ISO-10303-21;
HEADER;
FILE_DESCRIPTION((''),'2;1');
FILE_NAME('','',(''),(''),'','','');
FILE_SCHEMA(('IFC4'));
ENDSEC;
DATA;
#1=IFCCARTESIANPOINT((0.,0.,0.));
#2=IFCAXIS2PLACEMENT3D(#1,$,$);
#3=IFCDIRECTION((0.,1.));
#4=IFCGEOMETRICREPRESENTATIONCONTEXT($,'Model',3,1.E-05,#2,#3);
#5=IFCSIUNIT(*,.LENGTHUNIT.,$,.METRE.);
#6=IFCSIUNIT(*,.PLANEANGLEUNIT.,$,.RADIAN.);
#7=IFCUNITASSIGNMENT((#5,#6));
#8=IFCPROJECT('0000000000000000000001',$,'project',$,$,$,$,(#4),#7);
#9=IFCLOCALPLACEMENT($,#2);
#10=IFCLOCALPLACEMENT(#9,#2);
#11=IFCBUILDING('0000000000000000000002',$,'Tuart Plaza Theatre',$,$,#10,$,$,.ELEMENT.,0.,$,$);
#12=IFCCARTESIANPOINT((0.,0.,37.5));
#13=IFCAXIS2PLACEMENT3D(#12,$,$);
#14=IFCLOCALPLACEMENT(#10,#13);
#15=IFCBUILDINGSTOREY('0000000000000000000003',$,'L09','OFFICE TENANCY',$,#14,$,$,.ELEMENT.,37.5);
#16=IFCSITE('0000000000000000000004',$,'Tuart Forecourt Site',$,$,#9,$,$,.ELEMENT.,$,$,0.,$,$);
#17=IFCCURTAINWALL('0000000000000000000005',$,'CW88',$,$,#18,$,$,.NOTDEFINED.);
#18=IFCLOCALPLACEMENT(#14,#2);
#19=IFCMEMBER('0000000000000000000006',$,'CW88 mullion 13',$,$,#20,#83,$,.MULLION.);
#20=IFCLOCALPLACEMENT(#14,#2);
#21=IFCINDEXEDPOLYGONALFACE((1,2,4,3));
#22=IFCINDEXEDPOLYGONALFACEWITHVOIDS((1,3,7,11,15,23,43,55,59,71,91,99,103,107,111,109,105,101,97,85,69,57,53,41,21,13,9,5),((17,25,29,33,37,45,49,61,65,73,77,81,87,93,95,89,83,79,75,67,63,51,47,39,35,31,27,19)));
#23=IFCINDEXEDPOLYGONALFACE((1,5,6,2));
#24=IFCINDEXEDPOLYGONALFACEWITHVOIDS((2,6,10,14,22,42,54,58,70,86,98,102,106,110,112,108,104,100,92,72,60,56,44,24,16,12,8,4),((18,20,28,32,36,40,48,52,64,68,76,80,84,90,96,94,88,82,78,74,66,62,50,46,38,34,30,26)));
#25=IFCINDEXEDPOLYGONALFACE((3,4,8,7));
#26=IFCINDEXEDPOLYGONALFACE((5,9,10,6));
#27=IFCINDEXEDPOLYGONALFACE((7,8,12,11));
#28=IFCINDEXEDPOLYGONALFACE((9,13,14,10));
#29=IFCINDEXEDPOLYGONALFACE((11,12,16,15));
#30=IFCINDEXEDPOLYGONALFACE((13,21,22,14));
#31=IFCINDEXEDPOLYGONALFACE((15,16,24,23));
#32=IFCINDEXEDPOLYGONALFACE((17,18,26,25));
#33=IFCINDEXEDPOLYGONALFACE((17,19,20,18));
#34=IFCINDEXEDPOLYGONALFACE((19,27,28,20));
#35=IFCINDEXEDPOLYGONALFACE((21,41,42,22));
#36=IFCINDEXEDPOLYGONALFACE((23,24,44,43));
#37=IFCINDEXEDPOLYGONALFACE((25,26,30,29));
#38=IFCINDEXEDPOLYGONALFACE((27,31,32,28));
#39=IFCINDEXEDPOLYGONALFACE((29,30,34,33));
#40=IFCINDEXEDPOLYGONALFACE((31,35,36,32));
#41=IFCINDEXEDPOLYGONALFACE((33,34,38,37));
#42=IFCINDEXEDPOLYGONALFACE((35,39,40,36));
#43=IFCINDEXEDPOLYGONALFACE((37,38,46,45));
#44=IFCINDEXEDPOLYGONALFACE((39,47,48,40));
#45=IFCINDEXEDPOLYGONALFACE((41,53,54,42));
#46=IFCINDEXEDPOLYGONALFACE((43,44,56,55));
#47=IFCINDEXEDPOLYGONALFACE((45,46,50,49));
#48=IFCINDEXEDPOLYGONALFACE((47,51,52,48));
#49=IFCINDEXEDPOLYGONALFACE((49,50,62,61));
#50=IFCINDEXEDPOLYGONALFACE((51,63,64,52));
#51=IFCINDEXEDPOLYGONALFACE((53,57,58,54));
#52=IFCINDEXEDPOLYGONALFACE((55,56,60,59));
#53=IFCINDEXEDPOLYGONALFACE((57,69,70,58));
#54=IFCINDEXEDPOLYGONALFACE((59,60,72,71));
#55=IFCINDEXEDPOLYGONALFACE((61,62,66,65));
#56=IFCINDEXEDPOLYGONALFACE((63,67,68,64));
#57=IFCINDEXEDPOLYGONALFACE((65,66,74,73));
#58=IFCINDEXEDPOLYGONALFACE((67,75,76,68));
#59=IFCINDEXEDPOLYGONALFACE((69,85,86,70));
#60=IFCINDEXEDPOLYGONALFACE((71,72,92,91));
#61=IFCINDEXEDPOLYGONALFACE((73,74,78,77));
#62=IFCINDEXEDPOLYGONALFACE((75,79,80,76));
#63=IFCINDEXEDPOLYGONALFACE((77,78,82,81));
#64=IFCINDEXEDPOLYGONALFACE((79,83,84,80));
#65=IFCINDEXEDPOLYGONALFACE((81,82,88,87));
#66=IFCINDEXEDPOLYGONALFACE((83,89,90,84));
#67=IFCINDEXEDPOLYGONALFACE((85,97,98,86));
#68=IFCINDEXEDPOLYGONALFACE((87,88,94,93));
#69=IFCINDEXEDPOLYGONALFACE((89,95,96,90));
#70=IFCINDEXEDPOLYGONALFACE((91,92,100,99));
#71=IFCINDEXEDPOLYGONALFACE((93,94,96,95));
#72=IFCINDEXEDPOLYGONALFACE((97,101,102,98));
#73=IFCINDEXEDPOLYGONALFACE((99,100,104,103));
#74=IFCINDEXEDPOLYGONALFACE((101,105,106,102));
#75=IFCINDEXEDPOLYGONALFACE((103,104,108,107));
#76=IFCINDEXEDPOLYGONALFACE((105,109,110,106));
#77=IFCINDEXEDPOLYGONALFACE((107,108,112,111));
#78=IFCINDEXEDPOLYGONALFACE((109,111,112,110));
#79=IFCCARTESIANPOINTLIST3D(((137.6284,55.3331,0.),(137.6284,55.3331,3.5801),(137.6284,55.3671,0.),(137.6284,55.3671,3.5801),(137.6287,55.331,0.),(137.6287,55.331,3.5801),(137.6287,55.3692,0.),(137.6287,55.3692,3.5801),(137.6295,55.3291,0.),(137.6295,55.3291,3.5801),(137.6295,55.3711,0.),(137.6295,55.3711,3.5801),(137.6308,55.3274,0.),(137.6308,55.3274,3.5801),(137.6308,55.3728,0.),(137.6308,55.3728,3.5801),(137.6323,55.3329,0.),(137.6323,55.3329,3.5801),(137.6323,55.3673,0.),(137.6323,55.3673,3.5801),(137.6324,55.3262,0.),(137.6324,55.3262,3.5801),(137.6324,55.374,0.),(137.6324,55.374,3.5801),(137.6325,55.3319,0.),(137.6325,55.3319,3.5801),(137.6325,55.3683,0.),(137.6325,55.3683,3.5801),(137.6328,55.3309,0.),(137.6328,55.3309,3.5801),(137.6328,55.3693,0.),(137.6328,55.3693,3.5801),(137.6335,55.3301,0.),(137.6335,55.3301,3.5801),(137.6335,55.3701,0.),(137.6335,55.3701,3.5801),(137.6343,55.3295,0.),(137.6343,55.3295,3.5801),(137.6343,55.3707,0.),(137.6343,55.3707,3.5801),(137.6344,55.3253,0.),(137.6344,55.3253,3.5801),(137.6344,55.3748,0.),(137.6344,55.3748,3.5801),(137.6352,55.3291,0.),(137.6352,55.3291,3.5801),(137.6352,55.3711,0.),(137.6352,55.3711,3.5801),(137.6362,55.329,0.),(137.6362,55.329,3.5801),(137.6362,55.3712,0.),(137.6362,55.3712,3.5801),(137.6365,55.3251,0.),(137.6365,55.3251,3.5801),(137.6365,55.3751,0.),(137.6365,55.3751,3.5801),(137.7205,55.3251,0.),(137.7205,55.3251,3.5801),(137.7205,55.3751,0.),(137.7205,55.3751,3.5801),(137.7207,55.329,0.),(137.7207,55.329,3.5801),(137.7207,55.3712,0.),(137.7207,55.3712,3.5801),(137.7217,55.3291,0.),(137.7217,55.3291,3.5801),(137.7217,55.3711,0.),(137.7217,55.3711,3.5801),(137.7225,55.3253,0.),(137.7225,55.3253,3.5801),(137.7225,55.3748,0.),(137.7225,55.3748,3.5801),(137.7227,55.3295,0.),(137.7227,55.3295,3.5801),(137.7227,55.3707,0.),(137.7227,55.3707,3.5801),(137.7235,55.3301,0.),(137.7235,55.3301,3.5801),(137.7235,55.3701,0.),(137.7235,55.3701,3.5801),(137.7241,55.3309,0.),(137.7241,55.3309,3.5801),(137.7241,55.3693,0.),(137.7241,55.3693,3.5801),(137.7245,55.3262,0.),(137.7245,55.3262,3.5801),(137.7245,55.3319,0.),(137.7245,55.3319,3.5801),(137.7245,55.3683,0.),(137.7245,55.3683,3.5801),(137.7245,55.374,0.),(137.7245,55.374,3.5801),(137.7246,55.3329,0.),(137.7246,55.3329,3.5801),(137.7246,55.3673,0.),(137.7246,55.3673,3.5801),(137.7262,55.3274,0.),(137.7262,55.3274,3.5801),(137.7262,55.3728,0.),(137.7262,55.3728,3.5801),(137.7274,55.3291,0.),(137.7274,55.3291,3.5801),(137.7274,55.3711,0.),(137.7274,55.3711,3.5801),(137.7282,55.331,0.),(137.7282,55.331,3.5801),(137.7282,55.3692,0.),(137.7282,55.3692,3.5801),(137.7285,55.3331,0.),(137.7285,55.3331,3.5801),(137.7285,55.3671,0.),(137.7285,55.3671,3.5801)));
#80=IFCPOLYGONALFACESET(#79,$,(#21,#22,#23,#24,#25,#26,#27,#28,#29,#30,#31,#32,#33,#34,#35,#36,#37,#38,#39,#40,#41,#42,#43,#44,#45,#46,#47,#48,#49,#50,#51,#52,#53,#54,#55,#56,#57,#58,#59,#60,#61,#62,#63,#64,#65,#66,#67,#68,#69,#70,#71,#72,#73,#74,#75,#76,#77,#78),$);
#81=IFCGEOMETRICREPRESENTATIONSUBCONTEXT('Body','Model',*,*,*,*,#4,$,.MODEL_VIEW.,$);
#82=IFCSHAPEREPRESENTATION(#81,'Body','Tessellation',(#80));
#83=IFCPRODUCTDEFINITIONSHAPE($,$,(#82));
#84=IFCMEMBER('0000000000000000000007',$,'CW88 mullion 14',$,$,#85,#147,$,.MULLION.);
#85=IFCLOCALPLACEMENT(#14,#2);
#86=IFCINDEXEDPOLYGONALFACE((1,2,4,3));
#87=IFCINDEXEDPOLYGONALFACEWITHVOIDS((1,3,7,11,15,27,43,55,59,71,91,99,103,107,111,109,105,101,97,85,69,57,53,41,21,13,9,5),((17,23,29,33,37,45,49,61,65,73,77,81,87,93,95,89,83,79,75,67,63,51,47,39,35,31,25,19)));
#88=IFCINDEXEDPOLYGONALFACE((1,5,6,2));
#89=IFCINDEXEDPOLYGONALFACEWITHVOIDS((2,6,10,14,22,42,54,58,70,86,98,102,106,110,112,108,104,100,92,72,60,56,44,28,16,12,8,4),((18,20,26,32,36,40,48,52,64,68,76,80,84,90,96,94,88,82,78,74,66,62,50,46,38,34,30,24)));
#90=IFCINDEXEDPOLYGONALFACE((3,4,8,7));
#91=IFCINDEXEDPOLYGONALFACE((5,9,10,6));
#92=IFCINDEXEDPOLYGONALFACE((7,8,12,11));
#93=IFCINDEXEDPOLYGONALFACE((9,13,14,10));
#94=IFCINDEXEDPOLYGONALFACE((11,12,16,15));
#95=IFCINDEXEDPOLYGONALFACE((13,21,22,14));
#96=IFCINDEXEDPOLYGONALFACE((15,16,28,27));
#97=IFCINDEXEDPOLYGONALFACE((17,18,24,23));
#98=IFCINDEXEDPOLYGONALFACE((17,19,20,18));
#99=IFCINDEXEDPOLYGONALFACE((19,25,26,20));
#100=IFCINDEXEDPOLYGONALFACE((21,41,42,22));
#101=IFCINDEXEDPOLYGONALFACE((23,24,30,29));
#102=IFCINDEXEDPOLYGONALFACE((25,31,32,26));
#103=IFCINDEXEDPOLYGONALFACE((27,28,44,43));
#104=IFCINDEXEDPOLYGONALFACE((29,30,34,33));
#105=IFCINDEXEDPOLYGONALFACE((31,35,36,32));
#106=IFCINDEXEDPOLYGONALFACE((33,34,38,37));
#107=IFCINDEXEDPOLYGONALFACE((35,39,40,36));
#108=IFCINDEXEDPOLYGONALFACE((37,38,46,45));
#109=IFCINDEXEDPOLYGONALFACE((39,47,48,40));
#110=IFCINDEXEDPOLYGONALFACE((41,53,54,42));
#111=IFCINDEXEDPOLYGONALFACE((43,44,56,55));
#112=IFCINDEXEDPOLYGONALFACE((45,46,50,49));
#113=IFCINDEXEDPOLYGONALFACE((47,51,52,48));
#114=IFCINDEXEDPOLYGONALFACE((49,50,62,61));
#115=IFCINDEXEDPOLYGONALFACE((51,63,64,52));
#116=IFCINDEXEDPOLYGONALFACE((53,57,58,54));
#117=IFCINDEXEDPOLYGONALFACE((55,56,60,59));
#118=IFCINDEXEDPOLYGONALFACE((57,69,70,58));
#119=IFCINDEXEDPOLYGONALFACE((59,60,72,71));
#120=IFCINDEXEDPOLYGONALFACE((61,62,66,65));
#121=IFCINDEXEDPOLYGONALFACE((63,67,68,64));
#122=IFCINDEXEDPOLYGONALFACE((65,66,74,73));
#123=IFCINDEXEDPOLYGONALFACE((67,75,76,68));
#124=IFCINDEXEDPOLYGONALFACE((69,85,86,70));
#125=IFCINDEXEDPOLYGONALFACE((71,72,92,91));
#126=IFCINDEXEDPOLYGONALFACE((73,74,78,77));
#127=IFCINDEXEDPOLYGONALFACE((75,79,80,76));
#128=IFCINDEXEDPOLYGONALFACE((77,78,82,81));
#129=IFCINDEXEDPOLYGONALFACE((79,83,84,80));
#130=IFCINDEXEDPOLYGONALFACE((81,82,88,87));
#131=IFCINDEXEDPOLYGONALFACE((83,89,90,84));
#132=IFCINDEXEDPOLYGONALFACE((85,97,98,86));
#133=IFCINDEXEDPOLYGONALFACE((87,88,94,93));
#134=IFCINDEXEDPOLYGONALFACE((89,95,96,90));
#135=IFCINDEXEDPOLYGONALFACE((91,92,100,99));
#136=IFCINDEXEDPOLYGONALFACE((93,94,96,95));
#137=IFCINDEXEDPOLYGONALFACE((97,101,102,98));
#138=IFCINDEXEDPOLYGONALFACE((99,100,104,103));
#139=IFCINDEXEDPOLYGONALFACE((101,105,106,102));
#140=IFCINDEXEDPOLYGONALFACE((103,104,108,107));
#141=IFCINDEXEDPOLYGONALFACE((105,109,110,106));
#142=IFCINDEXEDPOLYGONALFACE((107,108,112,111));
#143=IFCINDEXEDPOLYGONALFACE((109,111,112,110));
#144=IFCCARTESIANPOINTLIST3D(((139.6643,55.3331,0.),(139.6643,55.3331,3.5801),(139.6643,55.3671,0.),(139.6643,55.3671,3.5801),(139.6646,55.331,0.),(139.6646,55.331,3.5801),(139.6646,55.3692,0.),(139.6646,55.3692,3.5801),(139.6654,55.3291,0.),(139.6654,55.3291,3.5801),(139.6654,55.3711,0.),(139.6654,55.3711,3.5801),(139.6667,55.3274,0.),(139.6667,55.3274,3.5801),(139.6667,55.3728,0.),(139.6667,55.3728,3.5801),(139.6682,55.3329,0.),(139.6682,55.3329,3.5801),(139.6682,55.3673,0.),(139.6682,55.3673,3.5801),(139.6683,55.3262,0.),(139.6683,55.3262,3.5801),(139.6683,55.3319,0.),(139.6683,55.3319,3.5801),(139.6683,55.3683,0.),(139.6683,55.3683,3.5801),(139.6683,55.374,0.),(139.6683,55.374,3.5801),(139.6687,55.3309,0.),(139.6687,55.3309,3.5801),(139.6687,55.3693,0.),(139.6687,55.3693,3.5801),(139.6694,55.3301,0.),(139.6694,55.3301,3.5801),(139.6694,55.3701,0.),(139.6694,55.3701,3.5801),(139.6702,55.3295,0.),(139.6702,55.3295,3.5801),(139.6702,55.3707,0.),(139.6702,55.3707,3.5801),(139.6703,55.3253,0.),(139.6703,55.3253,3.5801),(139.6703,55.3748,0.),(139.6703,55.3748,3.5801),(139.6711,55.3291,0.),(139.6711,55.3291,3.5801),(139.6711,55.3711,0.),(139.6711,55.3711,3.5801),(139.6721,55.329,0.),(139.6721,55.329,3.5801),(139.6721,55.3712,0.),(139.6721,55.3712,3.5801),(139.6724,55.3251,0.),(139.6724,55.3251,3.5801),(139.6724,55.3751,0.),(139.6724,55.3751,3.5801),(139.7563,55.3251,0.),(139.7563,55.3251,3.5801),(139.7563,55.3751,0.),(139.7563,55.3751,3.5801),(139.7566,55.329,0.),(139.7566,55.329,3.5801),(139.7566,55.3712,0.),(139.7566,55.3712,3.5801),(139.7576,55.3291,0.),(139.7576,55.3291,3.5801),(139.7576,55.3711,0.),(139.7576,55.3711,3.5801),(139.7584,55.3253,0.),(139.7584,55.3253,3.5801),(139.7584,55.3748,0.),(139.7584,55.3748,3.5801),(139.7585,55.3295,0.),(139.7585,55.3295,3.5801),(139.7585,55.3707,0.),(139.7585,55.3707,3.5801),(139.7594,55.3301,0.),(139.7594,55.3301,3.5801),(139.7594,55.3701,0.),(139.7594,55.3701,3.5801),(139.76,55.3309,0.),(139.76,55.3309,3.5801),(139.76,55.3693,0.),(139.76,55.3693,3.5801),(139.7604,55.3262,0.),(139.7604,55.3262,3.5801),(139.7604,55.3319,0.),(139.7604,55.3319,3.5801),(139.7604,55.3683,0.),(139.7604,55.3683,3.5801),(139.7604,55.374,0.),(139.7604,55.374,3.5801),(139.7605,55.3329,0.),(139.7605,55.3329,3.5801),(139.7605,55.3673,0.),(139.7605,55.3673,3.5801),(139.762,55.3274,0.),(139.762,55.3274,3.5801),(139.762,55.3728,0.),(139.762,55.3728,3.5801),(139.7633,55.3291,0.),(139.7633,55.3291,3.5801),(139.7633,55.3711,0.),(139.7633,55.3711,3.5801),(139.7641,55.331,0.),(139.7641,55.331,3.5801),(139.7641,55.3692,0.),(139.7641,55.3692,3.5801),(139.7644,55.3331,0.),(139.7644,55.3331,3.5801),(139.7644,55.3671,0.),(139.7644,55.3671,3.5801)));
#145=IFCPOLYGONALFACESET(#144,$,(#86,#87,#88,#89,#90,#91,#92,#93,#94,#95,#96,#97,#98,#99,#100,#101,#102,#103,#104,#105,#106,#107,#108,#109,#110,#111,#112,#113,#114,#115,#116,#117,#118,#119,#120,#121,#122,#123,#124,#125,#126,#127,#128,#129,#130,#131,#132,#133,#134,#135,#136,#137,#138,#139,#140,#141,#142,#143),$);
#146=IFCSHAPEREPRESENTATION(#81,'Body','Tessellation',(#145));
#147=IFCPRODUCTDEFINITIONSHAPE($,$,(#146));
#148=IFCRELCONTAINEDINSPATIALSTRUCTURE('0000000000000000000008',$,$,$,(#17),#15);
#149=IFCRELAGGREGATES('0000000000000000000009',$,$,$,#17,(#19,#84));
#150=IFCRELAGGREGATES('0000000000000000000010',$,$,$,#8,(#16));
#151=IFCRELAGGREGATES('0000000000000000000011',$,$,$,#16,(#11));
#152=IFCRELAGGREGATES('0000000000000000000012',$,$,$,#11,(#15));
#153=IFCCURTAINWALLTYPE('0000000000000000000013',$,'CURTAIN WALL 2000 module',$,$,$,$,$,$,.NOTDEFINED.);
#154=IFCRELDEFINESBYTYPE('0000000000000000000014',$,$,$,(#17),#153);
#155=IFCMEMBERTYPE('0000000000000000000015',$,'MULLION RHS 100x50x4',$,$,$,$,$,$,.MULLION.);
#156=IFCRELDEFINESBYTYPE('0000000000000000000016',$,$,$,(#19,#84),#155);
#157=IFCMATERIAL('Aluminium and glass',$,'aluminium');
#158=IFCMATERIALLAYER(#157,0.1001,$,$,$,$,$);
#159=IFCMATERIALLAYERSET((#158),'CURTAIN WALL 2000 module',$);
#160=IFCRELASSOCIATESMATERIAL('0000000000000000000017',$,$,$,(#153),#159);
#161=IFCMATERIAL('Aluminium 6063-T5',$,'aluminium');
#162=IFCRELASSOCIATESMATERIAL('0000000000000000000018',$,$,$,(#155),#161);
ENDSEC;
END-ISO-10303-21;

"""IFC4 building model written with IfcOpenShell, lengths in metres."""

from ifc_helpers import new_model, si_unit, direction, frame, origin, origin_2d, place, context, subcontext, project, spatial, hollow_rectangle, extrude, material, layer, layer_set, material_profile, profile_set, type_object, element, aggregate, save


model = new_model("IFC4")

# Units and contexts
model_context = context("Model", 3, precision=1e-05, world=origin(), true_north=direction((0.0, 1.0)))
body_context = subcontext(model_context, "Body", "Model", "MODEL_VIEW")
ifc_project = project(units=[si_unit("LENGTHUNIT", "METRE"), si_unit("PLANEANGLEUNIT", "RADIAN")], contexts=[model_context])

# Site, building, storey
site_placement = place(None, origin())
site = spatial("IfcSite", under=ifc_project, at=site_placement, Name="Tuart Forecourt Site", CompositionType="ELEMENT", RefElevation=0.0)
building_placement = place(site_placement, origin())
building = spatial("IfcBuilding", under=site, at=building_placement, Name="Tuart Plaza Theatre", CompositionType="ELEMENT", ElevationOfRefHeight=0.0)
storey_placement = place(building_placement, frame((0.0, 0.0, 37.5)))
storey = spatial("IfcBuildingStorey", under=building, at=storey_placement, Name="L09", Description="OFFICE TENANCY", CompositionType="ELEMENT", Elevation=37.5)

# Curtain wall, members
ifc_material_1 = material(Name="Aluminium and glass", Category="aluminium")
ifc_layer_1 = layer(ifc_material_1, 0.1001)
ifc_layer_set_1 = layer_set([ifc_layer_1], Name="CURTAIN WALL 2000 module")
curtain_wall_type = type_object("IfcCurtainWallType", Name="CURTAIN WALL 2000 module", PredefinedType="NOTDEFINED", material=ifc_layer_set_1)
curtain_wall_1_placement = place(storey_placement, origin())
curtain_wall_1 = element("IfcCurtainWall", 1, at=curtain_wall_1_placement, inside=storey, type_object=curtain_wall_type, Name="CW88", PredefinedType="NOTDEFINED")
ifc_material_2 = material(Name="Aluminium 6063-T5", Category="aluminium")
ifc_material_profile_1 = material_profile(ifc_material_2, hollow_rectangle(XDim=0.05, YDim=0.1001, WallThickness=0.0039, InnerFilletRadius=0.0039, OuterFilletRadius=0.0081, at=origin_2d()), Name="RHS 100x50x4")
ifc_profile_set_1 = profile_set([ifc_material_profile_1], Name="Aluminium 6063-T5")
member_type_1 = type_object("IfcMemberType", Name="MULLION RHS 100x50x4", PredefinedType="MULLION", material=ifc_profile_set_1)
member_1_placement = place(storey_placement, frame((137.6785, 55.3501, 0.0), z_axis=(0.0, 0.0, 1.0), x_axis=(0.0, 1.0, 0.0)))
member_1 = element("IfcMember", 2, at=member_1_placement, type_object=member_type_1, Name="CW88 mullion 13", PredefinedType="MULLION", context=body_context, shape_type="SweptSolid", body=[
    extrude(hollow_rectangle(XDim=0.05, YDim=0.1001, WallThickness=0.0039, InnerFilletRadius=0.0039, OuterFilletRadius=0.0081, at=origin_2d()), origin(), (0.0, 0.0, 1.0), 3.5801),
])
member_2_placement = place(storey_placement, frame((139.7144, 55.3501, 0.0), z_axis=(0.0, 0.0, 1.0), x_axis=(0.0, 1.0, 0.0)))
member_2 = element("IfcMember", 3, at=member_2_placement, type_object=member_type_1, Name="CW88 mullion 14", PredefinedType="MULLION", context=body_context, shape_type="SweptSolid", body=[
    extrude(hollow_rectangle(XDim=0.05, YDim=0.1001, WallThickness=0.0039, InnerFilletRadius=0.0039, OuterFilletRadius=0.0081, at=origin_2d()), origin(), (0.0, 0.0, 1.0), 3.5801),
])

aggregate(curtain_wall_1, [member_1, member_2])

save(model, "model.ifc")
